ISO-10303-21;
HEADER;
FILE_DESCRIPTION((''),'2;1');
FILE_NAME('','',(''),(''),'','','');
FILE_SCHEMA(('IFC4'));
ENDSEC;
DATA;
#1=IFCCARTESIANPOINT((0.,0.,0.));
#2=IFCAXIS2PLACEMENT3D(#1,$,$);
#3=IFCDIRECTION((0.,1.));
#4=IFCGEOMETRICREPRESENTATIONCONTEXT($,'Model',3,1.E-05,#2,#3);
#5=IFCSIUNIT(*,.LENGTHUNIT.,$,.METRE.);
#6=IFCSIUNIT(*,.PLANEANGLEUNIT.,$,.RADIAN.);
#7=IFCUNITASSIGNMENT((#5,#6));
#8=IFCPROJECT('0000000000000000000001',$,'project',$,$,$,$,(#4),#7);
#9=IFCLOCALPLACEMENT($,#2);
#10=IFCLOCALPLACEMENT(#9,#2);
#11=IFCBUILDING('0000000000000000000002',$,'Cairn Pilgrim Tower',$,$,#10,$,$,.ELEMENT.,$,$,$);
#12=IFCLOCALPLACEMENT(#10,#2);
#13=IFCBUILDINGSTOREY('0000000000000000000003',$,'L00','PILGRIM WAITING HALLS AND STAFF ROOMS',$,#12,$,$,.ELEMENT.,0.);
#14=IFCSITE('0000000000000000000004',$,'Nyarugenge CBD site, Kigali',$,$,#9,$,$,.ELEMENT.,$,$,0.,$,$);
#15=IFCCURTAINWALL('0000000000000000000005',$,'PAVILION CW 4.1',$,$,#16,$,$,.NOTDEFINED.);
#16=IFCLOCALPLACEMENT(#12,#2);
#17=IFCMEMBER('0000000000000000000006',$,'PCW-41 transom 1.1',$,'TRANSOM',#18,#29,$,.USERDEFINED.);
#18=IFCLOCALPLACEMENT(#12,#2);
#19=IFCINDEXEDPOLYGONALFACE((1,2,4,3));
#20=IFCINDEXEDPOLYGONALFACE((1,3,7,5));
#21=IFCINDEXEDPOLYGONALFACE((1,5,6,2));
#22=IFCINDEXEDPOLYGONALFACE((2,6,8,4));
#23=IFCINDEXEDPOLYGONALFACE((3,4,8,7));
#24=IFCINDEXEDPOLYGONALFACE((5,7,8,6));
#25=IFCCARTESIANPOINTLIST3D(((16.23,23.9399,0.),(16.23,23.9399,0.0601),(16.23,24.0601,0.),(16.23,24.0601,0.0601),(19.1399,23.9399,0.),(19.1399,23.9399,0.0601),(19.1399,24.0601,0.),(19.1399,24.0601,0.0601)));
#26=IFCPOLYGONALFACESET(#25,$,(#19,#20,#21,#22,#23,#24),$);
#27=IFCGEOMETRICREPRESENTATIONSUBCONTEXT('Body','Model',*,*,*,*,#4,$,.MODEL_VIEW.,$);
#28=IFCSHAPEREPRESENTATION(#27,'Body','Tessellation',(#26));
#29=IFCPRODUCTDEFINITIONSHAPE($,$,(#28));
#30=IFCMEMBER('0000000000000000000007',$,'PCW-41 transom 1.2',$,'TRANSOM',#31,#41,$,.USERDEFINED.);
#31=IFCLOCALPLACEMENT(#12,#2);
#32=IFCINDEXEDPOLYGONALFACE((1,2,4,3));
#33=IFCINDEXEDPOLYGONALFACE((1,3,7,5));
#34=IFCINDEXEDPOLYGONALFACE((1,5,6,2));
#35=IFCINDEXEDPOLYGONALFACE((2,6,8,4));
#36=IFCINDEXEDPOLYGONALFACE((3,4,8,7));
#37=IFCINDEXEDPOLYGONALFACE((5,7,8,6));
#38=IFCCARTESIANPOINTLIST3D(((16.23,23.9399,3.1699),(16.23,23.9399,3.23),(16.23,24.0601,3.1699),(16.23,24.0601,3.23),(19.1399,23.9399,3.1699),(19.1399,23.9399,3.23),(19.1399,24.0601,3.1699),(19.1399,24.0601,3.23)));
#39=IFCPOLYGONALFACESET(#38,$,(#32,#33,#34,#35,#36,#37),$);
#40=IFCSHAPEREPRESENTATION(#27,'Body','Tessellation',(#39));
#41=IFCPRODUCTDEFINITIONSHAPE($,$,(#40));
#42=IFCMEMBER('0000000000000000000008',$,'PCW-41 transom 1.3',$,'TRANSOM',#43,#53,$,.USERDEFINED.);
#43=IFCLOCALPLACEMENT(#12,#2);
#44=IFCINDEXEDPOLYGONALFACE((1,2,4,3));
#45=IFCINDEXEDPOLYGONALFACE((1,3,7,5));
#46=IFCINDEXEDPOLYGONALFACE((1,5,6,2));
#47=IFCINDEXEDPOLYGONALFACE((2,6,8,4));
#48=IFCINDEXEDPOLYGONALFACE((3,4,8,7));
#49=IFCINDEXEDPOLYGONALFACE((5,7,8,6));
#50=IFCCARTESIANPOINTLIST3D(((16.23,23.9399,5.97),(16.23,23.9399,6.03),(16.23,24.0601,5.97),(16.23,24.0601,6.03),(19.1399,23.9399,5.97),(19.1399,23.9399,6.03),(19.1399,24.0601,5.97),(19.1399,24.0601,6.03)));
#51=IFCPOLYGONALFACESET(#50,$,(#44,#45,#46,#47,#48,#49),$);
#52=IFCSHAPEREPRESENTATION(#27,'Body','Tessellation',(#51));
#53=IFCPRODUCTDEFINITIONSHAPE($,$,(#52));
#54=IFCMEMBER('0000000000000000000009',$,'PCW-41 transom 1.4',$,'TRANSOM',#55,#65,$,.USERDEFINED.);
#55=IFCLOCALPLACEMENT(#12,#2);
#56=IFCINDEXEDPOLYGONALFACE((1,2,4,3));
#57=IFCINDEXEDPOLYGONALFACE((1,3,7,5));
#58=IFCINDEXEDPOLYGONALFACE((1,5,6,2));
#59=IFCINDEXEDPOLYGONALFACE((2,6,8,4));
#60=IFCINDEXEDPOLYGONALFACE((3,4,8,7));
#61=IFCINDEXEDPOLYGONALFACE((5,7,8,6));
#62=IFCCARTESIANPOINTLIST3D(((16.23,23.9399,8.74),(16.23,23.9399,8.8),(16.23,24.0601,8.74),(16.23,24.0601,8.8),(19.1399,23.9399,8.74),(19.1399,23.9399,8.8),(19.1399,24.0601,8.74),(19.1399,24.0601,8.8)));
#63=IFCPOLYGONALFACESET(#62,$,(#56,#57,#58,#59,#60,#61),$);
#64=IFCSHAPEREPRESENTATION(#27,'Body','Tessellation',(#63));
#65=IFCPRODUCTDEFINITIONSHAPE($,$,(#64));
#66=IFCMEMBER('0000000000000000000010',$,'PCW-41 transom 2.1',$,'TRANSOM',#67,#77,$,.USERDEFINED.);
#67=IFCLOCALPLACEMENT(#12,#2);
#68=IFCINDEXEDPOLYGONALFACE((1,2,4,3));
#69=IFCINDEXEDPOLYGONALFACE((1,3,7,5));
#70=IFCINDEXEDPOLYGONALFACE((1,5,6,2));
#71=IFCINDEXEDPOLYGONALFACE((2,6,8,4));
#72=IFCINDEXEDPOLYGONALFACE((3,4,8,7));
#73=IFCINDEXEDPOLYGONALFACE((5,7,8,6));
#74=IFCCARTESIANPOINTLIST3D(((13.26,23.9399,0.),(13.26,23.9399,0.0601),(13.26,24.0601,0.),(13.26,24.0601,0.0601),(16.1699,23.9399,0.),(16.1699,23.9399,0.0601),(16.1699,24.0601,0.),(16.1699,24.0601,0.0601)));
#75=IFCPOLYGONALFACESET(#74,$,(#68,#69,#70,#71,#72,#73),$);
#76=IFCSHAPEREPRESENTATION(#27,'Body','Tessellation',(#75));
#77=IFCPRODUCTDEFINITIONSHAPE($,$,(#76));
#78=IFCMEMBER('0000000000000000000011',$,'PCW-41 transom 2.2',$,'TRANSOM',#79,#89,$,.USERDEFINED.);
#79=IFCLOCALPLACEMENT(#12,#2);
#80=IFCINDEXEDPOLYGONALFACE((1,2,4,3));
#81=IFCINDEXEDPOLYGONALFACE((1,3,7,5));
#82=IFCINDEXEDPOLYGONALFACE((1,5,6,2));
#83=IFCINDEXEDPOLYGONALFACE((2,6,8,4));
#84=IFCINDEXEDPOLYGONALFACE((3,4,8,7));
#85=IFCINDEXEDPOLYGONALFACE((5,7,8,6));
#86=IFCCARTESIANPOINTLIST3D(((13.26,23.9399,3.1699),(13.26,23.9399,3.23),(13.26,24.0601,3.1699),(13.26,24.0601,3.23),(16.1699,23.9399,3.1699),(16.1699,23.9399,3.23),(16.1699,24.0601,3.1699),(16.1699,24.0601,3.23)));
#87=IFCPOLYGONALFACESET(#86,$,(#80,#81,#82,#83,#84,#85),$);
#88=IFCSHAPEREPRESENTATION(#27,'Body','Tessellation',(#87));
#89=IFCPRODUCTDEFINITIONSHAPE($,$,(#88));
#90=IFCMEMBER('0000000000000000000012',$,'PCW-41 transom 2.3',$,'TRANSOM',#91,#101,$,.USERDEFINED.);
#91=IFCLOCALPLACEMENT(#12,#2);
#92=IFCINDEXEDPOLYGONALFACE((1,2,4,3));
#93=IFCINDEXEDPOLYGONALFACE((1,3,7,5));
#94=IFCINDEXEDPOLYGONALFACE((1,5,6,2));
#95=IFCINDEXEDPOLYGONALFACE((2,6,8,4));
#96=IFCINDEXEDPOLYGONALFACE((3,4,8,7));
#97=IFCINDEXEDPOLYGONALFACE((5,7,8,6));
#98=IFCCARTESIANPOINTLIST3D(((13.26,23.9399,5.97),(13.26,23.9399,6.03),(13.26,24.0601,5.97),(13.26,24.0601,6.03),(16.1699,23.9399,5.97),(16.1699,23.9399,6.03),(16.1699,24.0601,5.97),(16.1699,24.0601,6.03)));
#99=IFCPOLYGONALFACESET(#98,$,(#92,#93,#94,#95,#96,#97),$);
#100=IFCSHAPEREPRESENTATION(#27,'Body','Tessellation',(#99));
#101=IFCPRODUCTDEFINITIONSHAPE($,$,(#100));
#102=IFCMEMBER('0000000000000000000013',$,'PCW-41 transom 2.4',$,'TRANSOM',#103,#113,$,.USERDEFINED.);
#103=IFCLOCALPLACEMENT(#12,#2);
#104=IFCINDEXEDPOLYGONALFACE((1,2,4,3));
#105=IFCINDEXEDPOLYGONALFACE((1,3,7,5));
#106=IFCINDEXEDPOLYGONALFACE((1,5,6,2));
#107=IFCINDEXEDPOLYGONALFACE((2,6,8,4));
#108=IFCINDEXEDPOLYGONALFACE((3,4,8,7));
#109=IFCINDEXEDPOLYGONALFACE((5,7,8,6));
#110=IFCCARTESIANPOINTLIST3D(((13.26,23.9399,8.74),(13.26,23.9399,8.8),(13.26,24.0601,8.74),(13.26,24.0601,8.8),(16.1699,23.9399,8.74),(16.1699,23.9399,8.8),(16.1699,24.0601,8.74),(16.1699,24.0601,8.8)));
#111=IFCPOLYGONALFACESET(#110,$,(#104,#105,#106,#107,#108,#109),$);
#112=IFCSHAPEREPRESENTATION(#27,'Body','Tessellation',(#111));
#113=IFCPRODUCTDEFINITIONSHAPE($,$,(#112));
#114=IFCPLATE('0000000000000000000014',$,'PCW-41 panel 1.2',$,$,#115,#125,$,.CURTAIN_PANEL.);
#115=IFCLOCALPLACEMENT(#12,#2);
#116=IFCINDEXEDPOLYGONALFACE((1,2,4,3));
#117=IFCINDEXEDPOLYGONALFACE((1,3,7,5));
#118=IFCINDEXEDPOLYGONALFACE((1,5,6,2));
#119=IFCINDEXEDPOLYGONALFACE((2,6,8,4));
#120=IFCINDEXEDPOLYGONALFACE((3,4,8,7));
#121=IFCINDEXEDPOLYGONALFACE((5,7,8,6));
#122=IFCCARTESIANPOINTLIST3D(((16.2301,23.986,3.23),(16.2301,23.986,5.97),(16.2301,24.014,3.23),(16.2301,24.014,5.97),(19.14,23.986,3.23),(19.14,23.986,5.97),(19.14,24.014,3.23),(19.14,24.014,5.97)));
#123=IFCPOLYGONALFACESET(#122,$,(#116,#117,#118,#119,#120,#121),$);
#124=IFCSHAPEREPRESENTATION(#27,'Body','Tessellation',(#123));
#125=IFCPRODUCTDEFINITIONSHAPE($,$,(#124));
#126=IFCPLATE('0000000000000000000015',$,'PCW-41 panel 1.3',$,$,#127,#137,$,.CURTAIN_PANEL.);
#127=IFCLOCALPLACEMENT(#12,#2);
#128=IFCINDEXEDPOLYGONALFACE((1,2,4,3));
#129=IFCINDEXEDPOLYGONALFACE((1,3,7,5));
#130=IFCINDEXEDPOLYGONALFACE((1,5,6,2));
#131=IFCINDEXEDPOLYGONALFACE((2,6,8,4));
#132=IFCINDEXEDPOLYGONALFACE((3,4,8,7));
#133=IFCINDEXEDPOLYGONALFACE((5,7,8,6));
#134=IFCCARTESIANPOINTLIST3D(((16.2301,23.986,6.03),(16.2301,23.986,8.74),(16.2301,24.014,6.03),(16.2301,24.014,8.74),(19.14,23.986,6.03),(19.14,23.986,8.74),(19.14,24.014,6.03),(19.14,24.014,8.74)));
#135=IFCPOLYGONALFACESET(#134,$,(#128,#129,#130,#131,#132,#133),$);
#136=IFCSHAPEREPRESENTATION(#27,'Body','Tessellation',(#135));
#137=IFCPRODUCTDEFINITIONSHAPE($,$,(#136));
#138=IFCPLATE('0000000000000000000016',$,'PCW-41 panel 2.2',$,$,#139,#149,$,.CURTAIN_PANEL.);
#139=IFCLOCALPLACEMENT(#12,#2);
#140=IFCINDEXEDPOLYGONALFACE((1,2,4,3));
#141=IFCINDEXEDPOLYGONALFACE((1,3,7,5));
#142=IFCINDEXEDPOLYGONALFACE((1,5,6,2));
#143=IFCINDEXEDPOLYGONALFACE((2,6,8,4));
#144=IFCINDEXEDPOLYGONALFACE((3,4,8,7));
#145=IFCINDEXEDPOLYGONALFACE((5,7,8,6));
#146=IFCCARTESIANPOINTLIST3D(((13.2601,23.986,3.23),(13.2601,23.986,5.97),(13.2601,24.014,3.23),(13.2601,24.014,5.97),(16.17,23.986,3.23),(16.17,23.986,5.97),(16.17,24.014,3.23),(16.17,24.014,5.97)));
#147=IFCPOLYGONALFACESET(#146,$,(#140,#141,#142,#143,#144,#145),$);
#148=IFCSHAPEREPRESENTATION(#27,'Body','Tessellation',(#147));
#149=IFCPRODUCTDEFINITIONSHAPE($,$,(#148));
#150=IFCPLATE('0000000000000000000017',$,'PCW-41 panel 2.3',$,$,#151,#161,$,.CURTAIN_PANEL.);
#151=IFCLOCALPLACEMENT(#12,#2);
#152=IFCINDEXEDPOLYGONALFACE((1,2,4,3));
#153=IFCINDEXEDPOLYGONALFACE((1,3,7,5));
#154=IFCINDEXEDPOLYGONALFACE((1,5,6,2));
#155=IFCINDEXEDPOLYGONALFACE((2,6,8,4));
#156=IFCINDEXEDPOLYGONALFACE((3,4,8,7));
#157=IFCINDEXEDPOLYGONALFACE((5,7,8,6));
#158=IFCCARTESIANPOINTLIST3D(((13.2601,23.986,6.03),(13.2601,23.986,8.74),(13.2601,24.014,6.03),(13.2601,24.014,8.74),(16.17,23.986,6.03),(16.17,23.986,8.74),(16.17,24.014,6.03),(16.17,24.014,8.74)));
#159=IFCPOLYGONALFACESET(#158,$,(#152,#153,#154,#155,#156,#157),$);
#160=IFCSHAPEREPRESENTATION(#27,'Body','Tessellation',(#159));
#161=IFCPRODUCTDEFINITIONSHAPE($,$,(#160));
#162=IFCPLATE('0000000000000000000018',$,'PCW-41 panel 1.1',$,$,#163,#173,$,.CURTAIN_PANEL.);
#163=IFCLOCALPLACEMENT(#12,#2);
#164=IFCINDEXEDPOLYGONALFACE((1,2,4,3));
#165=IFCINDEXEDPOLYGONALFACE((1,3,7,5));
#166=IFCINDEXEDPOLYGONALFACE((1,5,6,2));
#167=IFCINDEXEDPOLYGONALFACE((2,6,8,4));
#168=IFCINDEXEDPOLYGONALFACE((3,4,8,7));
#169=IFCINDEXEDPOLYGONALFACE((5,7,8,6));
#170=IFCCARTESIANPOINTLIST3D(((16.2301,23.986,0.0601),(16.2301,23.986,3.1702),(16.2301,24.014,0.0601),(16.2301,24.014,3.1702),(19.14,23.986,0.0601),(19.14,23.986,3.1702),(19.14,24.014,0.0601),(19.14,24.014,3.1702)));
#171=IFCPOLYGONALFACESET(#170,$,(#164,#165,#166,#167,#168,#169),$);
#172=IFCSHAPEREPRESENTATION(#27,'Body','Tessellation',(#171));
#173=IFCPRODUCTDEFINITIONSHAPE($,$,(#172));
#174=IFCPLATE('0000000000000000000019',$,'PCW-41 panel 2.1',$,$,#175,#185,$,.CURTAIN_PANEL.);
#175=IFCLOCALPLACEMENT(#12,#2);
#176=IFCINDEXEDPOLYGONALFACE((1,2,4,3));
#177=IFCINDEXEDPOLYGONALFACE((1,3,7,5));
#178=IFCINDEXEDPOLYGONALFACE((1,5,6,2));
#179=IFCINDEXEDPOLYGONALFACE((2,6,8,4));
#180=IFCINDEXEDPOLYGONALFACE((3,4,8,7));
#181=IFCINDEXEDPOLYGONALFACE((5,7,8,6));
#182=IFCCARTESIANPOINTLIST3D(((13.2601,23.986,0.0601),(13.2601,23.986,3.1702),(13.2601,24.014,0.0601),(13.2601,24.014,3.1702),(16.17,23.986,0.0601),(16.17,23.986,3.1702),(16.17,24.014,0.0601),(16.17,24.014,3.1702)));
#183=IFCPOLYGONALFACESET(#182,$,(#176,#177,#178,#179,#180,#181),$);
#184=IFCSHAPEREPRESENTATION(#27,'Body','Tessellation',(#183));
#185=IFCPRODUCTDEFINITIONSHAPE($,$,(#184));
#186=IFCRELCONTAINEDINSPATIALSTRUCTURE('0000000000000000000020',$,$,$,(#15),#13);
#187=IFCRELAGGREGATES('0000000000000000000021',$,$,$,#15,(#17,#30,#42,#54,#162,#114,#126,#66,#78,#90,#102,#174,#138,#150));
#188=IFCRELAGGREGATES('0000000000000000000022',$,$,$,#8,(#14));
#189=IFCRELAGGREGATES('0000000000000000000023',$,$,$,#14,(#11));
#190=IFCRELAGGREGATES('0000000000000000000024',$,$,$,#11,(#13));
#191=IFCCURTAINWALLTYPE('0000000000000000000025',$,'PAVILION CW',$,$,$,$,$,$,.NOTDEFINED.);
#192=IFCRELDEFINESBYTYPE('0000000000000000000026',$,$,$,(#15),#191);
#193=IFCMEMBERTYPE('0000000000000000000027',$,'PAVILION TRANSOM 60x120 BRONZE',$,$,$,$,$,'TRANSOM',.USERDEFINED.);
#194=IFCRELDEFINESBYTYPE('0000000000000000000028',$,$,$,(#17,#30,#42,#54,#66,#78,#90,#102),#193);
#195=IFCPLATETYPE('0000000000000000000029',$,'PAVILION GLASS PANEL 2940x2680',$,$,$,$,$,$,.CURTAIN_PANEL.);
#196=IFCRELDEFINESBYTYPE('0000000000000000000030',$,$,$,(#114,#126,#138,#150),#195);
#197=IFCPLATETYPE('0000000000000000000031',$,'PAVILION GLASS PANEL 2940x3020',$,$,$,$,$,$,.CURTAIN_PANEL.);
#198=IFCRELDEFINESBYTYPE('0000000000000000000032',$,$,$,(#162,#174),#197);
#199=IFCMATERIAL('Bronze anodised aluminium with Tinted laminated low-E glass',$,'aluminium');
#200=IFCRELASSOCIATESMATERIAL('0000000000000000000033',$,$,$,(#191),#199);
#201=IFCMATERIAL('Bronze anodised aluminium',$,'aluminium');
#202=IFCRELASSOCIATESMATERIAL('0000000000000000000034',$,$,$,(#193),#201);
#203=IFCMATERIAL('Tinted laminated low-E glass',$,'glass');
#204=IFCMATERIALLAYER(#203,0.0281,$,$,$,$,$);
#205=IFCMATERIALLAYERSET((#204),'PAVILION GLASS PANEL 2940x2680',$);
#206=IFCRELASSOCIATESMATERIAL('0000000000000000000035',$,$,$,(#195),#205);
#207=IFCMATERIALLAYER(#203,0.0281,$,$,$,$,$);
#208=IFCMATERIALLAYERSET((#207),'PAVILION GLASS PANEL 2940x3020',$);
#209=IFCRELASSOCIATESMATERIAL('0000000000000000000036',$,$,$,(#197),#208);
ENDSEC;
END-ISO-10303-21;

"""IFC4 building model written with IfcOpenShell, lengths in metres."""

from ifc_helpers import new_model, si_unit, direction, frame, origin, origin_2d, place, context, subcontext, project, spatial, rectangle, extrude, material, layer, layer_set, material_profile, profile_set, type_object, element, aggregate, save


model = new_model("IFC4")

# Units and contexts
model_context = context("Model", 3, precision=1e-05, world=origin(), true_north=direction((0.0, 1.0)))
body_context = subcontext(model_context, "Body", "Model", "MODEL_VIEW")
ifc_project = project(units=[si_unit("LENGTHUNIT", "METRE"), si_unit("PLANEANGLEUNIT", "RADIAN")], contexts=[model_context])

# Site, building, storey
site_placement = place(None, origin())
site = spatial("IfcSite", under=ifc_project, at=site_placement, Name="Nyarugenge CBD site, Kigali", CompositionType="ELEMENT", RefElevation=0.0)
building_placement = place(site_placement, origin())
building = spatial("IfcBuilding", under=site, at=building_placement, Name="Cairn Pilgrim Tower", CompositionType="ELEMENT")
storey_placement = place(building_placement, origin())
storey = spatial("IfcBuildingStorey", under=building, at=storey_placement, Name="L00", Description="PILGRIM WAITING HALLS AND STAFF ROOMS", CompositionType="ELEMENT", Elevation=0.0)

# Curtain wall, members, plates
ifc_material_1 = material(Name="Bronze anodised aluminium with Tinted laminated low-E glass", Category="aluminium")
curtain_wall_type = type_object("IfcCurtainWallType", Name="PAVILION CW", PredefinedType="NOTDEFINED", material=ifc_material_1)
curtain_wall_placement = place(storey_placement, origin())
curtain_wall = element("IfcCurtainWall", 1, at=curtain_wall_placement, inside=storey, type_object=curtain_wall_type, Name="PAVILION CW 4.1", PredefinedType="NOTDEFINED")
ifc_material_2 = material(Name="Bronze anodised aluminium", Category="aluminium")
ifc_material_profile_1 = material_profile(ifc_material_2, rectangle(XDim=0.1201, YDim=0.0601, at=origin_2d()), Name="PAVILION TRANSOM 60x120 BRONZE")
ifc_profile_set_1 = profile_set([ifc_material_profile_1], Name="Bronze anodised aluminium")
member_type_1 = type_object("IfcMemberType", Name="PAVILION TRANSOM 60x120 BRONZE", ElementType="TRANSOM", PredefinedType="USERDEFINED", material=ifc_profile_set_1)
member_1_placement = place(storey_placement, frame((19.1399, 24.0, 0.03), z_axis=(-1.0, 0.0, 0.0), x_axis=(0.0, -1.0, 0.0)))
member_1 = element("IfcMember", 2, at=member_1_placement, type_object=member_type_1, Name="PCW-41 transom 1.1", ObjectType="TRANSOM", PredefinedType="USERDEFINED", context=body_context, shape_type="SweptSolid", body=[
    extrude(rectangle(XDim=0.1201, YDim=0.0601, at=origin_2d()), origin(), (0.0, 0.0, 1.0), 2.9099),
])
member_2_placement = place(storey_placement, frame((19.1399, 24.0, 3.2), z_axis=(-1.0, 0.0, 0.0), x_axis=(0.0, -1.0, 0.0)))
member_2 = element("IfcMember", 3, at=member_2_placement, type_object=member_type_1, Name="PCW-41 transom 1.2", ObjectType="TRANSOM", PredefinedType="USERDEFINED", context=body_context, shape_type="SweptSolid", body=[
    extrude(rectangle(XDim=0.1201, YDim=0.0601, at=origin_2d()), origin(), (0.0, 0.0, 1.0), 2.9099),
])
member_3_placement = place(storey_placement, frame((19.1399, 24.0, 6.0), z_axis=(-1.0, 0.0, 0.0), x_axis=(0.0, -1.0, 0.0)))
member_3 = element("IfcMember", 4, at=member_3_placement, type_object=member_type_1, Name="PCW-41 transom 1.3", ObjectType="TRANSOM", PredefinedType="USERDEFINED", context=body_context, shape_type="SweptSolid", body=[
    extrude(rectangle(XDim=0.1201, YDim=0.0601, at=origin_2d()), origin(), (0.0, 0.0, 1.0), 2.9099),
])
member_4_placement = place(storey_placement, frame((19.1399, 24.0, 8.77), z_axis=(-1.0, 0.0, 0.0), x_axis=(0.0, -1.0, 0.0)))
member_4 = element("IfcMember", 5, at=member_4_placement, type_object=member_type_1, Name="PCW-41 transom 1.4", ObjectType="TRANSOM", PredefinedType="USERDEFINED", context=body_context, shape_type="SweptSolid", body=[
    extrude(rectangle(XDim=0.1201, YDim=0.0601, at=origin_2d()), origin(), (0.0, 0.0, 1.0), 2.9099),
])
member_5_placement = place(storey_placement, frame((16.1699, 24.0, 0.03), z_axis=(-1.0, 0.0, 0.0), x_axis=(0.0, -1.0, 0.0)))
member_5 = element("IfcMember", 6, at=member_5_placement, type_object=member_type_1, Name="PCW-41 transom 2.1", ObjectType="TRANSOM", PredefinedType="USERDEFINED", context=body_context, shape_type="SweptSolid", body=[
    extrude(rectangle(XDim=0.1201, YDim=0.0601, at=origin_2d()), origin(), (0.0, 0.0, 1.0), 2.9099),
])
member_6_placement = place(storey_placement, frame((16.1699, 24.0, 3.2), z_axis=(-1.0, 0.0, 0.0), x_axis=(0.0, -1.0, 0.0)))
member_6 = element("IfcMember", 7, at=member_6_placement, type_object=member_type_1, Name="PCW-41 transom 2.2", ObjectType="TRANSOM", PredefinedType="USERDEFINED", context=body_context, shape_type="SweptSolid", body=[
    extrude(rectangle(XDim=0.1201, YDim=0.0601, at=origin_2d()), origin(), (0.0, 0.0, 1.0), 2.9099),
])
member_7_placement = place(storey_placement, frame((16.1699, 24.0, 6.0), z_axis=(-1.0, 0.0, 0.0), x_axis=(0.0, -1.0, 0.0)))
member_7 = element("IfcMember", 8, at=member_7_placement, type_object=member_type_1, Name="PCW-41 transom 2.3", ObjectType="TRANSOM", PredefinedType="USERDEFINED", context=body_context, shape_type="SweptSolid", body=[
    extrude(rectangle(XDim=0.1201, YDim=0.0601, at=origin_2d()), origin(), (0.0, 0.0, 1.0), 2.9099),
])
member_8_placement = place(storey_placement, frame((16.1699, 24.0, 8.77), z_axis=(-1.0, 0.0, 0.0), x_axis=(0.0, -1.0, 0.0)))
member_8 = element("IfcMember", 9, at=member_8_placement, type_object=member_type_1, Name="PCW-41 transom 2.4", ObjectType="TRANSOM", PredefinedType="USERDEFINED", context=body_context, shape_type="SweptSolid", body=[
    extrude(rectangle(XDim=0.1201, YDim=0.0601, at=origin_2d()), origin(), (0.0, 0.0, 1.0), 2.9099),
])
ifc_material_3 = material(Name="Tinted laminated low-E glass", Category="glass")
ifc_layer_1 = layer(ifc_material_3, 0.0281)
ifc_layer_set_1 = layer_set([ifc_layer_1], Name="PAVILION GLASS PANEL 2940x2680")
plate_type_1 = type_object("IfcPlateType", Name="PAVILION GLASS PANEL 2940x2680", PredefinedType="CURTAIN_PANEL", material=ifc_layer_set_1)
plate_1_placement = place(storey_placement, frame((17.6851, 24.0, 3.23), z_axis=(0.0, 0.0, 1.0), x_axis=(-1.0, 0.0, 0.0)))
plate_1 = element("IfcPlate", 10, at=plate_1_placement, type_object=plate_type_1, Name="PCW-41 panel 1.2", PredefinedType="CURTAIN_PANEL", context=body_context, shape_type="SweptSolid", body=[
    extrude(rectangle(XDim=2.9099, YDim=0.0281, at=origin_2d()), origin(), (0.0, 0.0, 1.0), 2.74),
])
plate_2_placement = place(storey_placement, frame((17.6851, 24.0, 6.03), z_axis=(0.0, 0.0, 1.0), x_axis=(-1.0, 0.0, 0.0)))
plate_2 = element("IfcPlate", 11, at=plate_2_placement, type_object=plate_type_1, Name="PCW-41 panel 1.3", PredefinedType="CURTAIN_PANEL", context=body_context, shape_type="SweptSolid", body=[
    extrude(rectangle(XDim=2.9099, YDim=0.0281, at=origin_2d()), origin(), (0.0, 0.0, 1.0), 2.71),
])
plate_3_placement = place(storey_placement, frame((14.7151, 24.0, 3.23), z_axis=(0.0, 0.0, 1.0), x_axis=(-1.0, 0.0, 0.0)))
plate_3 = element("IfcPlate", 12, at=plate_3_placement, type_object=plate_type_1, Name="PCW-41 panel 2.2", PredefinedType="CURTAIN_PANEL", context=body_context, shape_type="SweptSolid", body=[
    extrude(rectangle(XDim=2.9099, YDim=0.0281, at=origin_2d()), origin(), (0.0, 0.0, 1.0), 2.74),
])
plate_4_placement = place(storey_placement, frame((14.7151, 24.0, 6.03), z_axis=(0.0, 0.0, 1.0), x_axis=(-1.0, 0.0, 0.0)))
plate_4 = element("IfcPlate", 13, at=plate_4_placement, type_object=plate_type_1, Name="PCW-41 panel 2.3", PredefinedType="CURTAIN_PANEL", context=body_context, shape_type="SweptSolid", body=[
    extrude(rectangle(XDim=2.9099, YDim=0.0281, at=origin_2d()), origin(), (0.0, 0.0, 1.0), 2.71),
])
ifc_layer_2 = layer(ifc_material_3, 0.0281)
ifc_layer_set_2 = layer_set([ifc_layer_2], Name="PAVILION GLASS PANEL 2940x3020")
plate_type_2 = type_object("IfcPlateType", Name="PAVILION GLASS PANEL 2940x3020", PredefinedType="CURTAIN_PANEL", material=ifc_layer_set_2)
plate_5_placement = place(storey_placement, frame((17.6851, 24.0, 0.0601), z_axis=(0.0, 0.0, 1.0), x_axis=(-1.0, 0.0, 0.0)))
plate_5 = element("IfcPlate", 14, at=plate_5_placement, type_object=plate_type_2, Name="PCW-41 panel 1.1", PredefinedType="CURTAIN_PANEL", context=body_context, shape_type="SweptSolid", body=[
    extrude(rectangle(XDim=2.9099, YDim=0.0281, at=origin_2d()), origin(), (0.0, 0.0, 1.0), 3.1101),
])
plate_6_placement = place(storey_placement, frame((14.7151, 24.0, 0.0601), z_axis=(0.0, 0.0, 1.0), x_axis=(-1.0, 0.0, 0.0)))
plate_6 = element("IfcPlate", 15, at=plate_6_placement, type_object=plate_type_2, Name="PCW-41 panel 2.1", PredefinedType="CURTAIN_PANEL", context=body_context, shape_type="SweptSolid", body=[
    extrude(rectangle(XDim=2.9099, YDim=0.0281, at=origin_2d()), origin(), (0.0, 0.0, 1.0), 3.1101),
])
aggregate(curtain_wall, [member_1, member_2, member_3, member_4, plate_5, plate_1, plate_2, member_5, member_6, member_7, member_8, plate_6, plate_3, plate_4])

save(model, "model.ifc")
